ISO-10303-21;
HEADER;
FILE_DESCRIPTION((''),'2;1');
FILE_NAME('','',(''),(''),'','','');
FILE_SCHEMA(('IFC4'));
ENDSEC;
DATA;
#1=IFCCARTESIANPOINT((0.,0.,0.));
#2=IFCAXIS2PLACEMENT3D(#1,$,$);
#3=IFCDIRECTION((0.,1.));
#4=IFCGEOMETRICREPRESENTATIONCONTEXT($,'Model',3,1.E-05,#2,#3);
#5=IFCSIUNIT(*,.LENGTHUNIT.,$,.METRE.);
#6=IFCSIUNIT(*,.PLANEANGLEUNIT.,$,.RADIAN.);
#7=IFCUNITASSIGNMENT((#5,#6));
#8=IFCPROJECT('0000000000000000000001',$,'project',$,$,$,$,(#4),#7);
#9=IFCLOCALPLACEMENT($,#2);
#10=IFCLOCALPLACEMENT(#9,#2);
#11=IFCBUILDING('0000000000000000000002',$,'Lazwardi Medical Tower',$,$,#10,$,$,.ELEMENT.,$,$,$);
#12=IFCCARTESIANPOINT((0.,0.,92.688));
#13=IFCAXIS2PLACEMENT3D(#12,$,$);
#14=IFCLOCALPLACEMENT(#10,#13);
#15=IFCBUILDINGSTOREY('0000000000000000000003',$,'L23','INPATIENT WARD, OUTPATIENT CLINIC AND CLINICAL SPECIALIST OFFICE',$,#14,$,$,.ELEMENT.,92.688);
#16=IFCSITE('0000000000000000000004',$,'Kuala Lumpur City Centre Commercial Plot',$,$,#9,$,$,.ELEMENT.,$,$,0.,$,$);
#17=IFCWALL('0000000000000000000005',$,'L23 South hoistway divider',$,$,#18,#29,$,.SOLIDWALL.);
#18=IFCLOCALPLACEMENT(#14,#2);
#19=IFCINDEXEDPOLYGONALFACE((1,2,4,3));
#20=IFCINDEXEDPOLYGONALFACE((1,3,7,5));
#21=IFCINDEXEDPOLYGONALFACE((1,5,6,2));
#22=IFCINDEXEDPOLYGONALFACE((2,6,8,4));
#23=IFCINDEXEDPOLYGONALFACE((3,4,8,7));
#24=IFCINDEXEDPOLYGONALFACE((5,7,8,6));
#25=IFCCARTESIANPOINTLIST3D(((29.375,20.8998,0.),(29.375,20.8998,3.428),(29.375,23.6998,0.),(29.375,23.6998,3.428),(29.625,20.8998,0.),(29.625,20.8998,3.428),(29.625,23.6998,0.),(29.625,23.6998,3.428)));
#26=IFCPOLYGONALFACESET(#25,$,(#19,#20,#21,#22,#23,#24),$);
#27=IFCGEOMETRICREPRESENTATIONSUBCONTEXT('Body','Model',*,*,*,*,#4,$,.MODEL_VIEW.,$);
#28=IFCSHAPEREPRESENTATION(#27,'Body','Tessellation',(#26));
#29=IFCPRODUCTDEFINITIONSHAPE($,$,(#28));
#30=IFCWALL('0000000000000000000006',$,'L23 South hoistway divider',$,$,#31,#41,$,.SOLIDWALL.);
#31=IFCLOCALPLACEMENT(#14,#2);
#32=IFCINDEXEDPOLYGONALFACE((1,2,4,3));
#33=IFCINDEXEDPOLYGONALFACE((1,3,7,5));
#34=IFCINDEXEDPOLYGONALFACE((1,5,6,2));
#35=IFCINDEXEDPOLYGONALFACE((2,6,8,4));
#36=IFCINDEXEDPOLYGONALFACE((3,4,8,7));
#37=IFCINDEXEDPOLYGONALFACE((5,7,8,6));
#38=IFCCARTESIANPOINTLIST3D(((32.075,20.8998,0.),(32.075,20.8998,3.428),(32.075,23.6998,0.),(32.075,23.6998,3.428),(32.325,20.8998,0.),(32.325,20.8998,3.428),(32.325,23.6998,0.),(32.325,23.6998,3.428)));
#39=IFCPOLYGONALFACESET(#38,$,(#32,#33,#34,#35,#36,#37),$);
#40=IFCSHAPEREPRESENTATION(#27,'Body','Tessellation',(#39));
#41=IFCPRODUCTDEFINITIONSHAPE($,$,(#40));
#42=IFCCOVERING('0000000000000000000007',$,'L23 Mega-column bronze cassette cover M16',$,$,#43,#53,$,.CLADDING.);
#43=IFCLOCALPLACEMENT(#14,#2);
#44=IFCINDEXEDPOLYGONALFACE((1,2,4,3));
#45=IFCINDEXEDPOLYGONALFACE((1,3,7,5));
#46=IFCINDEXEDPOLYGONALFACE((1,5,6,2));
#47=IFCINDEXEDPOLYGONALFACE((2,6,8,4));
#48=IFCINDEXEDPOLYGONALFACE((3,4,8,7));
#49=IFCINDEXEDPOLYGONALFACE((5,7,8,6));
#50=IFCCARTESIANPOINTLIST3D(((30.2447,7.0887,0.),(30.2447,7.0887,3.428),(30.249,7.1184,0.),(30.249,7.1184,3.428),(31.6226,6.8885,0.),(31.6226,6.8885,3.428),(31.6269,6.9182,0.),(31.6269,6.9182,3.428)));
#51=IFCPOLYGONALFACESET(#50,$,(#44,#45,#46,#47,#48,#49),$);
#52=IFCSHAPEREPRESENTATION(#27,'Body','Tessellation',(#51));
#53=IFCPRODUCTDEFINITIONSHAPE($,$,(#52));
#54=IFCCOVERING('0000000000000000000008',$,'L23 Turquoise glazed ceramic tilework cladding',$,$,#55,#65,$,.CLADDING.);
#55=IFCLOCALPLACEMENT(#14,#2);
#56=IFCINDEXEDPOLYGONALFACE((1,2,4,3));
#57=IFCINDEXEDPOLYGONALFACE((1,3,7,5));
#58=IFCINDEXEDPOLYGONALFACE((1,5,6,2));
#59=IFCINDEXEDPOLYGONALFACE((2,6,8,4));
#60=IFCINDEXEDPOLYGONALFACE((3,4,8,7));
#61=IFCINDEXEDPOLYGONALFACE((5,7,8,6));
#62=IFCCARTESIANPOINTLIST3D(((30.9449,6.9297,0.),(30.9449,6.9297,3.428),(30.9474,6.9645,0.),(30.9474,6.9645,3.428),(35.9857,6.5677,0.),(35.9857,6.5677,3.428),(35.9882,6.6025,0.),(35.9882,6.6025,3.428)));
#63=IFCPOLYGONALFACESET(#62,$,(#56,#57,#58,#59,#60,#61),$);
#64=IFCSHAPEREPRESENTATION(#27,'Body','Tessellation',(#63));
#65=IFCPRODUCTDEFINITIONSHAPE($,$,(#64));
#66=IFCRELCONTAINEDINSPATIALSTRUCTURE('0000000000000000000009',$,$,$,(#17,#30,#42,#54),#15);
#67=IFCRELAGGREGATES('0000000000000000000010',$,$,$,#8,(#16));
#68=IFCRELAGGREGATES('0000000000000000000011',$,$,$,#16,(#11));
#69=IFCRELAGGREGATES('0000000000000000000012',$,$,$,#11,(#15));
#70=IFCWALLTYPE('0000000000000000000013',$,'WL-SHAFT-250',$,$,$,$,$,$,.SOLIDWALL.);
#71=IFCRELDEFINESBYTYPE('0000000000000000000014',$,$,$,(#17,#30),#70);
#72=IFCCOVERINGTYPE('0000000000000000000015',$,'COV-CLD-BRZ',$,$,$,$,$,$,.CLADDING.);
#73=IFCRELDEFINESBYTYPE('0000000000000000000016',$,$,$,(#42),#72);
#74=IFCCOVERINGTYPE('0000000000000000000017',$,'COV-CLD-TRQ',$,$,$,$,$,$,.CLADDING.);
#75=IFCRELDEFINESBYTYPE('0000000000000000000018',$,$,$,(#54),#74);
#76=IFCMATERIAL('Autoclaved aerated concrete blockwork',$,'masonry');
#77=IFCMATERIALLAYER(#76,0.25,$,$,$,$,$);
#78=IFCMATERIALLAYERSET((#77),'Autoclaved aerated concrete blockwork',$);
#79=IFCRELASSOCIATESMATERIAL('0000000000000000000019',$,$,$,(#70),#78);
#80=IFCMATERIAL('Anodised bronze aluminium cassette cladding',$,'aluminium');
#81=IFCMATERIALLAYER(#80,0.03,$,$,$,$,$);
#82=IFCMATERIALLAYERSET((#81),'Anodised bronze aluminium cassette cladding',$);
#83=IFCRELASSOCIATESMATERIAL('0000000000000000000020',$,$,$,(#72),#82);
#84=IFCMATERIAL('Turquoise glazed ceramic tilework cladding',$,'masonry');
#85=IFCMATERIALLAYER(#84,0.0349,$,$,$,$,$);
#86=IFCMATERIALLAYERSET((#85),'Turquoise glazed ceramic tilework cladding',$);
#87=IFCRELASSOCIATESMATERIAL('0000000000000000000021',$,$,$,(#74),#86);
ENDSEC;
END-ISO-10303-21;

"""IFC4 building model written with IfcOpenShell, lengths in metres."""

from ifc_helpers import new_model, si_unit, direction, frame, frame_2d, origin, origin_2d, place, context, subcontext, project, spatial, rectangle, extrude, material, layer, layer_set, type_object, element, save


model = new_model("IFC4")

# Units and contexts
model_context = context("Model", 3, precision=1e-05, world=origin(), true_north=direction((0.0, 1.0)))
body_context = subcontext(model_context, "Body", "Model", "MODEL_VIEW")
ifc_project = project(units=[si_unit("LENGTHUNIT", "METRE"), si_unit("PLANEANGLEUNIT", "RADIAN")], contexts=[model_context])

# Site, building, storey
site_placement = place(None, origin())
site = spatial("IfcSite", under=ifc_project, at=site_placement, Name="Kuala Lumpur City Centre Commercial Plot", CompositionType="ELEMENT", RefElevation=0.0)
building_placement = place(site_placement, origin())
building = spatial("IfcBuilding", under=site, at=building_placement, Name="Lazwardi Medical Tower", CompositionType="ELEMENT")
storey_placement = place(building_placement, frame((0.0, 0.0, 92.688)))
storey = spatial("IfcBuildingStorey", under=building, at=storey_placement, Name="L23", Description="INPATIENT WARD, OUTPATIENT CLINIC AND CLINICAL SPECIALIST OFFICE", CompositionType="ELEMENT", Elevation=92.688)

# Walls
ifc_material_1 = material(Name="Autoclaved aerated concrete blockwork", Category="masonry")
ifc_layer_1 = layer(ifc_material_1, 0.25)
ifc_layer_set_1 = layer_set([ifc_layer_1], Name="Autoclaved aerated concrete blockwork")
wall_type_1 = type_object("IfcWallType", Name="WL-SHAFT-250", PredefinedType="SOLIDWALL", material=ifc_layer_set_1)
for number, where, z_axis, x_axis, name in (
    (1, (29.5, 20.8999, 0.0), (0.0, 0.0, 1.0), (0.0, 1.0, 0.0), "L23 South hoistway divider"),
    (2, (32.2, 20.8999, 0.0), (0.0, 0.0, 1.0), (0.0, 1.0, 0.0), "L23 South hoistway divider"),
):
    element("IfcWall", number, at=place(storey_placement, frame(where, z_axis=z_axis, x_axis=x_axis)), inside=storey, type_object=wall_type_1, Name=name, PredefinedType="SOLIDWALL", context=body_context, shape_type="SweptSolid", body=[
        extrude(rectangle(XDim=2.8, YDim=0.25, at=frame_2d((1.3999, 0.0))), origin(), (0.0, 0.0, 1.0), 3.428),
    ])

# Coverings
ifc_material_2 = material(Name="Anodised bronze aluminium cassette cladding", Category="aluminium")
ifc_layer_2 = layer(ifc_material_2, 0.03)
ifc_layer_set_2 = layer_set([ifc_layer_2], Name="Anodised bronze aluminium cassette cladding")
covering_type_1 = type_object("IfcCoveringType", Name="COV-CLD-BRZ", PredefinedType="CLADDING", material=ifc_layer_set_2)
covering_1_placement = place(storey_placement, frame((30.9358, 7.0034, 0.0), z_axis=(0.0, 0.0, 1.0), x_axis=(0.989609, -0.143785, 0.0)))
element("IfcCovering", 3, at=covering_1_placement, inside=storey, type_object=covering_type_1, Name="L23 Mega-column bronze cassette cover M16", PredefinedType="CLADDING", context=body_context, shape_type="SweptSolid", body=[
    extrude(rectangle(XDim=1.3923, YDim=0.03, at=origin_2d()), origin(), (0.0, 0.0, 1.0), 3.428),
])
ifc_material_3 = material(Name="Turquoise glazed ceramic tilework cladding", Category="masonry")
ifc_layer_3 = layer(ifc_material_3, 0.0349)
ifc_layer_set_3 = layer_set([ifc_layer_3], Name="Turquoise glazed ceramic tilework cladding")
covering_type_2 = type_object("IfcCoveringType", Name="COV-CLD-TRQ", PredefinedType="CLADDING", material=ifc_layer_set_3)
covering_2_placement = place(storey_placement, frame((33.4666, 6.7661, 0.0), z_axis=(0.0, 0.0, 1.0), x_axis=(0.997431, -0.071631, 0.0)))
element("IfcCovering", 4, at=covering_2_placement, inside=storey, type_object=covering_type_2, Name="L23 Turquoise glazed ceramic tilework cladding", PredefinedType="CLADDING", context=body_context, shape_type="SweptSolid", body=[
    extrude(rectangle(XDim=5.0537, YDim=0.0349, at=origin_2d()), origin(), (0.0, 0.0, 1.0), 3.428),
])

save(model, "model.ifc")
